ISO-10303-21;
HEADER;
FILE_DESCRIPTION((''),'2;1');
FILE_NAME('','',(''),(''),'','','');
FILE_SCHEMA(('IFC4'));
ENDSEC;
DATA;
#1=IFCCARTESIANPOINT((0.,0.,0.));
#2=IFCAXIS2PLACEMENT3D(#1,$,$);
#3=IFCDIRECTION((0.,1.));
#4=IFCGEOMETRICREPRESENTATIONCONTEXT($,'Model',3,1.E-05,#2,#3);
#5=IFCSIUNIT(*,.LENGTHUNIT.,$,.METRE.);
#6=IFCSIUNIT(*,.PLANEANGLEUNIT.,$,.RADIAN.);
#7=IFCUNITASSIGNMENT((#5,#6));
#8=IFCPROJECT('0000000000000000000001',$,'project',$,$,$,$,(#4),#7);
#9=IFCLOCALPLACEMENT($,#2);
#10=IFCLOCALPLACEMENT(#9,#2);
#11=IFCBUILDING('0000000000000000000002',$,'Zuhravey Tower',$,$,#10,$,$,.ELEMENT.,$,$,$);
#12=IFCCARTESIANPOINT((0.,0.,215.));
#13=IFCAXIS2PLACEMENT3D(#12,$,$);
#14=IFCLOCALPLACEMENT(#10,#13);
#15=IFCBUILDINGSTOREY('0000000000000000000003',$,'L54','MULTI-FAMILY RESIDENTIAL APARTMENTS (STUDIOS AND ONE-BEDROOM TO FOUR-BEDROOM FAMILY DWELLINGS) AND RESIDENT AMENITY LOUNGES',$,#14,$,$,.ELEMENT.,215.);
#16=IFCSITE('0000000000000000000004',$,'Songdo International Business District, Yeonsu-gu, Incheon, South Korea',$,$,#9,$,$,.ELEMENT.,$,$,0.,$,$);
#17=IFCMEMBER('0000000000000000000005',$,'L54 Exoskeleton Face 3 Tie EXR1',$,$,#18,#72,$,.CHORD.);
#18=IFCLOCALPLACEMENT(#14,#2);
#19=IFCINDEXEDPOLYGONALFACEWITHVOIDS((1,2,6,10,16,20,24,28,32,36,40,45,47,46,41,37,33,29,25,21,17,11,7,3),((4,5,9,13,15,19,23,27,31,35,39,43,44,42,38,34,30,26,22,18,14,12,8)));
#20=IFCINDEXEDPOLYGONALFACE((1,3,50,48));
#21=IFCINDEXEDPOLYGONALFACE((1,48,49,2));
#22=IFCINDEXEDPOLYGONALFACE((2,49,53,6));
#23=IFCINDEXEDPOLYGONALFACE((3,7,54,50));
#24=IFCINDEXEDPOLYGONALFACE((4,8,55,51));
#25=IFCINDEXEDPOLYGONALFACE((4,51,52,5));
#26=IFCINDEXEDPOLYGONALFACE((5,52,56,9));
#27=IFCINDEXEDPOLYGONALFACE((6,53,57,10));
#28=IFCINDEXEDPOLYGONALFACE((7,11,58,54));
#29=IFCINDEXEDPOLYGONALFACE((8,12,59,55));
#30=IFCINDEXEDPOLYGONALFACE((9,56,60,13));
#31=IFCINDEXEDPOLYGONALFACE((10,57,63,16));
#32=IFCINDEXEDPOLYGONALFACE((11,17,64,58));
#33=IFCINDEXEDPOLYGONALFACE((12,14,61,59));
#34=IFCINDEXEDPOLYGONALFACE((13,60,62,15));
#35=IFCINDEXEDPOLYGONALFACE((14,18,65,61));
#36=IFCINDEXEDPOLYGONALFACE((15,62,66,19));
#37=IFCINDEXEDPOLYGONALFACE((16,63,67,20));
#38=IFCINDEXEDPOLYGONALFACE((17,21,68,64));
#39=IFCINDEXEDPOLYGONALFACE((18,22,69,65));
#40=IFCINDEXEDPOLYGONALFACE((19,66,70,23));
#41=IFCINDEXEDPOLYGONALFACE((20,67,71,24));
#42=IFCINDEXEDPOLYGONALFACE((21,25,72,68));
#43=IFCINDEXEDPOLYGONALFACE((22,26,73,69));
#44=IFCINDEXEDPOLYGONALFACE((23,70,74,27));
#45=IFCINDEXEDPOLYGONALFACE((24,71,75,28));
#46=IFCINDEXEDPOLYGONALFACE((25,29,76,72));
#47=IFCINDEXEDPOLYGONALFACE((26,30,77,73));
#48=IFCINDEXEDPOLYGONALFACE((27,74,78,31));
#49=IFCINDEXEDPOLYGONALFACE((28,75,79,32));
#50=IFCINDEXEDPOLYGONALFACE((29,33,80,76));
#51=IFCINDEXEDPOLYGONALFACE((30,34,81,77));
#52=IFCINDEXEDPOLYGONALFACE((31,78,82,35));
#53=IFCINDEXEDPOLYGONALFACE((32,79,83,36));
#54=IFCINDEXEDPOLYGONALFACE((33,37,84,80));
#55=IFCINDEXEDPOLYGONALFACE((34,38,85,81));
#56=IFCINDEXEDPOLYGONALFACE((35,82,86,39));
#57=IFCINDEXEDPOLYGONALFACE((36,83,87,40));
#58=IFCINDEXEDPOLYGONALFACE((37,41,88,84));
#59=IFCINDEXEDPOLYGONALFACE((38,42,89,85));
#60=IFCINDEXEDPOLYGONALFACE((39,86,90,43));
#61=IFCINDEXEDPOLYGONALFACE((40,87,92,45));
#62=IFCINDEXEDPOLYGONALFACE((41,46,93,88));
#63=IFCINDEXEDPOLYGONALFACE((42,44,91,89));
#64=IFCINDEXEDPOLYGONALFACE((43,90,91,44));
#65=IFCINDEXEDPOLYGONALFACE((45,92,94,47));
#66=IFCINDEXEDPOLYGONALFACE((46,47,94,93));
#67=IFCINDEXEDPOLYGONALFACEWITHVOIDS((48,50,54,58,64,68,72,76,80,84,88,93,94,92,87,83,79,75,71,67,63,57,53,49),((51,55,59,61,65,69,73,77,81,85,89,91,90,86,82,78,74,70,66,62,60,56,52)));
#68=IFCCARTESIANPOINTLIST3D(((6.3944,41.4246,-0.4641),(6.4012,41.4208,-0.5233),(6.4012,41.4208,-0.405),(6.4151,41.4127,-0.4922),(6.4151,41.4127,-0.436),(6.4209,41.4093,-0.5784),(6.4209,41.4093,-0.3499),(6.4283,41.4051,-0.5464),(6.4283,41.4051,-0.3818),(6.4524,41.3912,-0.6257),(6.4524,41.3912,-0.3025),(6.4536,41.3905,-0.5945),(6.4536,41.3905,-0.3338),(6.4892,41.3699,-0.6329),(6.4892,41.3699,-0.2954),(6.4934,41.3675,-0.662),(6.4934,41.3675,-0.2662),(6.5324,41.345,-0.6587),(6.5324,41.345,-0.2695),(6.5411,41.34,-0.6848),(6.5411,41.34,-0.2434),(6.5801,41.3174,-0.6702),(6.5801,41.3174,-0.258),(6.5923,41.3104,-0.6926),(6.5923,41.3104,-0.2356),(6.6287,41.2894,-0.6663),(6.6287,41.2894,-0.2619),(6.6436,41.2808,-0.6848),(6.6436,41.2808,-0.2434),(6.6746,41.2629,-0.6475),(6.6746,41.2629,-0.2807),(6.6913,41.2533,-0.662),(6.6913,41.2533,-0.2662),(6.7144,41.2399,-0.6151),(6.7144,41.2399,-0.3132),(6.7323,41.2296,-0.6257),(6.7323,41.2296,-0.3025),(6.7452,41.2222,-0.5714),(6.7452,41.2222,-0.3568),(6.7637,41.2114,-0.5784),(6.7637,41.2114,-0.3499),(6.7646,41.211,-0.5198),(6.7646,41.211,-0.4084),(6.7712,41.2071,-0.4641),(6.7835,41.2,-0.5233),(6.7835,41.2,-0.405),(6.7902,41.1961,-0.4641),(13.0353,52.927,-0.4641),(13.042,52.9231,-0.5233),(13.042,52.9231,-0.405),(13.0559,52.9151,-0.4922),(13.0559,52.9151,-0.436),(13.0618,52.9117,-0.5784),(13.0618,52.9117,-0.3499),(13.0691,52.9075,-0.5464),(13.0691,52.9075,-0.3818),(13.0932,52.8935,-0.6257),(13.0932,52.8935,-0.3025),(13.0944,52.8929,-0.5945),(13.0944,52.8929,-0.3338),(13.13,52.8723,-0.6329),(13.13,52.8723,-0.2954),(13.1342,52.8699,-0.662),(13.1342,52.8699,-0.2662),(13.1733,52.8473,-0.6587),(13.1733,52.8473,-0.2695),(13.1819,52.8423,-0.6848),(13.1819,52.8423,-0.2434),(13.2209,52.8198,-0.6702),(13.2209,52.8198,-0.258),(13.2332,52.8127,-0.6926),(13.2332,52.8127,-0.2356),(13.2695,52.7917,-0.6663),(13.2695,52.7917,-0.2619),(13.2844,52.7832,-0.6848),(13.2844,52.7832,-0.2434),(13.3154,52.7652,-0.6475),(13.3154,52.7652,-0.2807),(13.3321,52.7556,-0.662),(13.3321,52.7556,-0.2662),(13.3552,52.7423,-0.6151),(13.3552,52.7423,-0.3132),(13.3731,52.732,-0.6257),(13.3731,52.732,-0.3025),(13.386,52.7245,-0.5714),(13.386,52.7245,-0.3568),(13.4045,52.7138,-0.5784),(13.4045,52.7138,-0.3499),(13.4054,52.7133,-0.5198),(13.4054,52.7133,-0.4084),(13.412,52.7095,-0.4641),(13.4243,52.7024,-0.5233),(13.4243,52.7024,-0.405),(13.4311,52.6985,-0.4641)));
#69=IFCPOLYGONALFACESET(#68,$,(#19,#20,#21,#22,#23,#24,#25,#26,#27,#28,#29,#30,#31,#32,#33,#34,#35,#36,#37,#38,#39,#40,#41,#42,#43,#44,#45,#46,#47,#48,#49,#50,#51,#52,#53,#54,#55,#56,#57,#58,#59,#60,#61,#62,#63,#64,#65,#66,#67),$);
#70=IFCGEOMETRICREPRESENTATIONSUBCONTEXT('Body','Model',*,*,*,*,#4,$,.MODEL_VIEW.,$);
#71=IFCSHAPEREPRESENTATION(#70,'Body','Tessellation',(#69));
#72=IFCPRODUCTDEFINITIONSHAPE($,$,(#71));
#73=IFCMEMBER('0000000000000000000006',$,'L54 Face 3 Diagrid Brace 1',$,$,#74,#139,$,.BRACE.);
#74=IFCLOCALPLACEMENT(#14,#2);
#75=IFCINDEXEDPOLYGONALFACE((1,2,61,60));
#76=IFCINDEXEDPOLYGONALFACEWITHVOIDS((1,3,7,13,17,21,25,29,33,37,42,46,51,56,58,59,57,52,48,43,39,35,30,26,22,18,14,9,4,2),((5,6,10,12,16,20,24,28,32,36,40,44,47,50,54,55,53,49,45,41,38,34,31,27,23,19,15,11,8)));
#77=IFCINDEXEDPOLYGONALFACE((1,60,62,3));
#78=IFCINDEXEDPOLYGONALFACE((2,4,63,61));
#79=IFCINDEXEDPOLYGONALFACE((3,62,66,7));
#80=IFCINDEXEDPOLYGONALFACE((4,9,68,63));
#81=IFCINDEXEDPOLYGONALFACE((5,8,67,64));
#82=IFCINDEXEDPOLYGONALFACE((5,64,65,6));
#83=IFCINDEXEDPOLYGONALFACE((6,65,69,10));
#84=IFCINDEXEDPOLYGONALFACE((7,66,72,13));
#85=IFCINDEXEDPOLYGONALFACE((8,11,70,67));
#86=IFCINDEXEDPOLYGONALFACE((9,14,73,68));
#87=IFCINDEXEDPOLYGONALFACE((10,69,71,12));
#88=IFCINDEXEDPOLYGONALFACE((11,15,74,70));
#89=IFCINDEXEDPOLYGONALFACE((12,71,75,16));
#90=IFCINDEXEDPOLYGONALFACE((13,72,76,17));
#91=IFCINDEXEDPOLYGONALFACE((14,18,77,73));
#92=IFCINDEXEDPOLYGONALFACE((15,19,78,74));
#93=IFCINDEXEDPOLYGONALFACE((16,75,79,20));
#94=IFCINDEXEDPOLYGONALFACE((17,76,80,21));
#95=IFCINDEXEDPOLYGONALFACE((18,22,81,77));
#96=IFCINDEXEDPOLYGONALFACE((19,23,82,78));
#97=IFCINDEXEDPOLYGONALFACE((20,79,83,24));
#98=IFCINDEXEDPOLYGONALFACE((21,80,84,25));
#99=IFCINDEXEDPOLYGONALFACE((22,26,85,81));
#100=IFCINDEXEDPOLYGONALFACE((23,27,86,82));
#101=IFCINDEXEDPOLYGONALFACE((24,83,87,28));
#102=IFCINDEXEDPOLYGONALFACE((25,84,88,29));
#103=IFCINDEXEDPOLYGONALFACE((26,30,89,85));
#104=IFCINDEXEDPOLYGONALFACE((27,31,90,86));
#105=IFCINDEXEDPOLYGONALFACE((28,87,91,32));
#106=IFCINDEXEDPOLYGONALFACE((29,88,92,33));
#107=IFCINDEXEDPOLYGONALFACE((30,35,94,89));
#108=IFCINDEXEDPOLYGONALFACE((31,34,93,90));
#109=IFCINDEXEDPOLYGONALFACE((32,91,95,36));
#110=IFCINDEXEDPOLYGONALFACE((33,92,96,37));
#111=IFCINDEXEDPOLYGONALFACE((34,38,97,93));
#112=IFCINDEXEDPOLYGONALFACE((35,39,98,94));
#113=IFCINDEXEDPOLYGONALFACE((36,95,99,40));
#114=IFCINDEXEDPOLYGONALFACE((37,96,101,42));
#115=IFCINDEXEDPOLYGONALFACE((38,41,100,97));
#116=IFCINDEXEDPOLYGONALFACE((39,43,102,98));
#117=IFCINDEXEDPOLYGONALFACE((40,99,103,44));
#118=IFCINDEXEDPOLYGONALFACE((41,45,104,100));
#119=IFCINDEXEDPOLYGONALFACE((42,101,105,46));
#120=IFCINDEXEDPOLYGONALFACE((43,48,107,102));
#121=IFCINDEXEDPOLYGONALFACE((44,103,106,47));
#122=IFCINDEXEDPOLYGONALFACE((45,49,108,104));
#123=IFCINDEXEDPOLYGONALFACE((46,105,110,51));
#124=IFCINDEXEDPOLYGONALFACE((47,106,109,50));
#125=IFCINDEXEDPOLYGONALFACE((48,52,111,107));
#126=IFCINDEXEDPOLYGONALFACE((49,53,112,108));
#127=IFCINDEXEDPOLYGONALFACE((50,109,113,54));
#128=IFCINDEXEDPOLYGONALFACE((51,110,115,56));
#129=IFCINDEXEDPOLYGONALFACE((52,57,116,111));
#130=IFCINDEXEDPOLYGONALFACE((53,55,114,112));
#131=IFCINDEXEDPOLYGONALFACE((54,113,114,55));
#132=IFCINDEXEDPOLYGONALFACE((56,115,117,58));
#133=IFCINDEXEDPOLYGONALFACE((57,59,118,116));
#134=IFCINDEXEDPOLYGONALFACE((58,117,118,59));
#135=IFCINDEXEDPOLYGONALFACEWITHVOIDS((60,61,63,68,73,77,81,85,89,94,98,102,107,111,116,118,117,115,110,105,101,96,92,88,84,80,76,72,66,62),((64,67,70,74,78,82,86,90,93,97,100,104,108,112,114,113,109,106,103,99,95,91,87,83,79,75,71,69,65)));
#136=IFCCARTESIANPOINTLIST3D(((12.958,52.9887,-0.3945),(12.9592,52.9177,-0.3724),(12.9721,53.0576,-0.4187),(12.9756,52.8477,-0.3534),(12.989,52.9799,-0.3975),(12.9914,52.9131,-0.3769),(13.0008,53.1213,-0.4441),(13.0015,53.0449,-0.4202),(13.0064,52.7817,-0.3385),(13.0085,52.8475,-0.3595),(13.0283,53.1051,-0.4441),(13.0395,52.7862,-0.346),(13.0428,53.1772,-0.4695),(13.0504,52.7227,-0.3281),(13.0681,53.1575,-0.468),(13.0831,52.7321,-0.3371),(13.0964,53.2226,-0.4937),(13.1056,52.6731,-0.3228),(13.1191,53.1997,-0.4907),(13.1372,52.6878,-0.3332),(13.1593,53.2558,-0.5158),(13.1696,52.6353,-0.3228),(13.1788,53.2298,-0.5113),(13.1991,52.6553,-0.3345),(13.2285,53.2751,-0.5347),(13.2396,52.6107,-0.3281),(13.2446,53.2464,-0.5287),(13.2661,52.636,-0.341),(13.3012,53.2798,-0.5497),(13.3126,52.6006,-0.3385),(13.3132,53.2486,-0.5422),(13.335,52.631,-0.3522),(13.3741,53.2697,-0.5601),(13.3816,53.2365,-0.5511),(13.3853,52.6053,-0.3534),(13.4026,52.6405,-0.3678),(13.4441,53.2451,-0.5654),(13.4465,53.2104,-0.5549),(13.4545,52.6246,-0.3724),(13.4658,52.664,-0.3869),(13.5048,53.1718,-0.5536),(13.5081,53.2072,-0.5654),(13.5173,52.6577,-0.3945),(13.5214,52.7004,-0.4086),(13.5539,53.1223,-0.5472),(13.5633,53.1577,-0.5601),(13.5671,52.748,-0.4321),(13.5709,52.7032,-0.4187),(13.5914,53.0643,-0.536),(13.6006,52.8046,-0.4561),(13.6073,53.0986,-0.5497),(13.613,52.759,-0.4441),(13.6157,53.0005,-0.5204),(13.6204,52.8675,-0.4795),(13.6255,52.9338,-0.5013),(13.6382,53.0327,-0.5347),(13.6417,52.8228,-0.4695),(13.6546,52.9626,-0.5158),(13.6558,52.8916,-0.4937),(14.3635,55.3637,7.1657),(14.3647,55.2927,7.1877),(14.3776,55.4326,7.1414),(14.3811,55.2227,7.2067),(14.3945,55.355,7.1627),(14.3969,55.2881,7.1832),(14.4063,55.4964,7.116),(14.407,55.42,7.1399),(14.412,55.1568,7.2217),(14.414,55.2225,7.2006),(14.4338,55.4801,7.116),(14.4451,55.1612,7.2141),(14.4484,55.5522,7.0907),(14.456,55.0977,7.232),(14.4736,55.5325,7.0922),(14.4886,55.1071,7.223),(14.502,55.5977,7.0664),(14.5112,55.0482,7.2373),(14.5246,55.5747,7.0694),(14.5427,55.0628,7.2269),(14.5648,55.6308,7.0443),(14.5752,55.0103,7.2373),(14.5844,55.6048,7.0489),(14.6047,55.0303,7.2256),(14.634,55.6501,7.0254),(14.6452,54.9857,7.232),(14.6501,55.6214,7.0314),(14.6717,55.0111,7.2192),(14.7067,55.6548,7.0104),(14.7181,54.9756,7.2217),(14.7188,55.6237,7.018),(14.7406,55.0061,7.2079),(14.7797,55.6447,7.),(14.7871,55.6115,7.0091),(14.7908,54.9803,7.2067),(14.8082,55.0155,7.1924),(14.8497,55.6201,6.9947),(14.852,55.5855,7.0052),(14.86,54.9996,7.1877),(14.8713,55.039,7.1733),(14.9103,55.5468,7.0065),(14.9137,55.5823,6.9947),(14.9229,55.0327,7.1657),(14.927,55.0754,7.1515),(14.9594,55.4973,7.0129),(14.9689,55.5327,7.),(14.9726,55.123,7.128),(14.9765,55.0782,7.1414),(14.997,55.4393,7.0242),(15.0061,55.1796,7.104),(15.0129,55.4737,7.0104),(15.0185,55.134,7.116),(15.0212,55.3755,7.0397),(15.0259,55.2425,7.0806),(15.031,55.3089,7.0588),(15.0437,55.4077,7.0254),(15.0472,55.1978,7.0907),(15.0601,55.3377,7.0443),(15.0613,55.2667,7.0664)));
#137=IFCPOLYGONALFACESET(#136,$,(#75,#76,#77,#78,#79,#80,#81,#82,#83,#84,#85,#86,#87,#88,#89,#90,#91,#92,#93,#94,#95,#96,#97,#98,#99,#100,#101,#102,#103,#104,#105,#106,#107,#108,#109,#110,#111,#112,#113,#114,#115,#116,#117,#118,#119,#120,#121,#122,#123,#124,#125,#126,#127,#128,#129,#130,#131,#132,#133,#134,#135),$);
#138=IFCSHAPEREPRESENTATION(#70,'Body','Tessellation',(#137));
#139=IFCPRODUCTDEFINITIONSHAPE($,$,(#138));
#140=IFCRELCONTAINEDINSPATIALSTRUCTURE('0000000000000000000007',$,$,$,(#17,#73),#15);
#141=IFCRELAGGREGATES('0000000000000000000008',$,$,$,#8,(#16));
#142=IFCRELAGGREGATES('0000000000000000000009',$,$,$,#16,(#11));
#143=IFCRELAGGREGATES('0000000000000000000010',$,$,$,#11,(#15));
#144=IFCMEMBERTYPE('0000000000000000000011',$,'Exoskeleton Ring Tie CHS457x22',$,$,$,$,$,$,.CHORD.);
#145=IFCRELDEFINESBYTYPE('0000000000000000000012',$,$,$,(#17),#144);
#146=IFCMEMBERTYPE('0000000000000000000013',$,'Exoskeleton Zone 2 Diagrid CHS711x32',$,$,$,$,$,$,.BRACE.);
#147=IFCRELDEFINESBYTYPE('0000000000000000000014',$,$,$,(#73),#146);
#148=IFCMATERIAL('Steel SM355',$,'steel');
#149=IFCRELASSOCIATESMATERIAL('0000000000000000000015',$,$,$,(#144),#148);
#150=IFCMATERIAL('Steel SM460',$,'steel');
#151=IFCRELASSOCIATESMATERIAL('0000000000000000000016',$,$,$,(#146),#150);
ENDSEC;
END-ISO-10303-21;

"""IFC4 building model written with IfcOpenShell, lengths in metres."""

from ifc_helpers import new_model, si_unit, direction, frame, origin, origin_2d, place, context, subcontext, project, spatial, hollow_circle, extrude, material, material_profile, profile_set, type_object, element, save


model = new_model("IFC4")

# Units and contexts
model_context = context("Model", 3, precision=1e-05, world=origin(), true_north=direction((0.0, 1.0)))
body_context = subcontext(model_context, "Body", "Model", "MODEL_VIEW")
ifc_project = project(units=[si_unit("LENGTHUNIT", "METRE"), si_unit("PLANEANGLEUNIT", "RADIAN")], contexts=[model_context])

# Site, building, storey
site_placement = place(None, origin())
site = spatial("IfcSite", under=ifc_project, at=site_placement, Name="Songdo International Business District, Yeonsu-gu, Incheon, South Korea", CompositionType="ELEMENT", RefElevation=0.0)
building_placement = place(site_placement, origin())
building = spatial("IfcBuilding", under=site, at=building_placement, Name="Zuhravey Tower", CompositionType="ELEMENT")
storey_placement = place(building_placement, frame((0.0, 0.0, 215.0)))
storey = spatial("IfcBuildingStorey", under=building, at=storey_placement, Name="L54", Description="MULTI-FAMILY RESIDENTIAL APARTMENTS (STUDIOS AND ONE-BEDROOM TO FOUR-BEDROOM FAMILY DWELLINGS) AND RESIDENT AMENITY LOUNGES", CompositionType="ELEMENT", Elevation=215.0)

# Members
ifc_material_1 = material(Name="Steel SM355", Category="steel")
ifc_material_profile_1 = material_profile(ifc_material_1, hollow_circle(Radius=0.2285, WallThickness=0.022, at=origin_2d()), Name="CHS-457.2x22")
ifc_profile_set_1 = profile_set([ifc_material_profile_1], Name="Steel SM355")
member_type_1 = type_object("IfcMemberType", Name="Exoskeleton Ring Tie CHS457x22", PredefinedType="CHORD", material=ifc_profile_set_1)
member_1_placement = place(storey_placement, frame((13.2332, 52.8127, -0.4641), z_axis=(-0.499996, -0.866028, 0.0), x_axis=(0.866028, -0.499996, 0.0)))
element("IfcMember", 1, at=member_1_placement, inside=storey, type_object=member_type_1, Name="L54 Exoskeleton Face 3 Tie EXR1", PredefinedType="CHORD", context=body_context, shape_type="SweptSolid", body=[
    extrude(hollow_circle(Radius=0.2285, WallThickness=0.022, at=origin_2d()), origin(), (0.0, 0.0, 1.0), 13.2817),
])
ifc_material_2 = material(Name="Steel SM460", Category="steel")
ifc_material_profile_2 = material_profile(ifc_material_2, hollow_circle(Radius=0.3557, WallThickness=0.032, at=origin_2d()), Name="CHS-711.2x32")
ifc_profile_set_2 = profile_set([ifc_material_profile_2], Name="Steel SM460")
member_type_2 = type_object("IfcMemberType", Name="Exoskeleton Zone 2 Diagrid CHS711x32", PredefinedType="BRACE", material=ifc_profile_set_2)
member_2_placement = place(storey_placement, frame((13.3069, 52.9402, -0.4441), z_axis=(0.174641, 0.295104, 0.939369), x_axis=(-0.860592, 0.509295, 0.0)))
element("IfcMember", 2, at=member_2_placement, inside=storey, type_object=member_type_2, Name="L54 Face 3 Diagrid Brace 1", PredefinedType="BRACE", context=body_context, shape_type="SweptSolid", body=[
    extrude(hollow_circle(Radius=0.3557, WallThickness=0.032, at=origin_2d()), origin(), (0.0, 0.0, 1.0), 8.0481),
])

save(model, "model.ifc")
